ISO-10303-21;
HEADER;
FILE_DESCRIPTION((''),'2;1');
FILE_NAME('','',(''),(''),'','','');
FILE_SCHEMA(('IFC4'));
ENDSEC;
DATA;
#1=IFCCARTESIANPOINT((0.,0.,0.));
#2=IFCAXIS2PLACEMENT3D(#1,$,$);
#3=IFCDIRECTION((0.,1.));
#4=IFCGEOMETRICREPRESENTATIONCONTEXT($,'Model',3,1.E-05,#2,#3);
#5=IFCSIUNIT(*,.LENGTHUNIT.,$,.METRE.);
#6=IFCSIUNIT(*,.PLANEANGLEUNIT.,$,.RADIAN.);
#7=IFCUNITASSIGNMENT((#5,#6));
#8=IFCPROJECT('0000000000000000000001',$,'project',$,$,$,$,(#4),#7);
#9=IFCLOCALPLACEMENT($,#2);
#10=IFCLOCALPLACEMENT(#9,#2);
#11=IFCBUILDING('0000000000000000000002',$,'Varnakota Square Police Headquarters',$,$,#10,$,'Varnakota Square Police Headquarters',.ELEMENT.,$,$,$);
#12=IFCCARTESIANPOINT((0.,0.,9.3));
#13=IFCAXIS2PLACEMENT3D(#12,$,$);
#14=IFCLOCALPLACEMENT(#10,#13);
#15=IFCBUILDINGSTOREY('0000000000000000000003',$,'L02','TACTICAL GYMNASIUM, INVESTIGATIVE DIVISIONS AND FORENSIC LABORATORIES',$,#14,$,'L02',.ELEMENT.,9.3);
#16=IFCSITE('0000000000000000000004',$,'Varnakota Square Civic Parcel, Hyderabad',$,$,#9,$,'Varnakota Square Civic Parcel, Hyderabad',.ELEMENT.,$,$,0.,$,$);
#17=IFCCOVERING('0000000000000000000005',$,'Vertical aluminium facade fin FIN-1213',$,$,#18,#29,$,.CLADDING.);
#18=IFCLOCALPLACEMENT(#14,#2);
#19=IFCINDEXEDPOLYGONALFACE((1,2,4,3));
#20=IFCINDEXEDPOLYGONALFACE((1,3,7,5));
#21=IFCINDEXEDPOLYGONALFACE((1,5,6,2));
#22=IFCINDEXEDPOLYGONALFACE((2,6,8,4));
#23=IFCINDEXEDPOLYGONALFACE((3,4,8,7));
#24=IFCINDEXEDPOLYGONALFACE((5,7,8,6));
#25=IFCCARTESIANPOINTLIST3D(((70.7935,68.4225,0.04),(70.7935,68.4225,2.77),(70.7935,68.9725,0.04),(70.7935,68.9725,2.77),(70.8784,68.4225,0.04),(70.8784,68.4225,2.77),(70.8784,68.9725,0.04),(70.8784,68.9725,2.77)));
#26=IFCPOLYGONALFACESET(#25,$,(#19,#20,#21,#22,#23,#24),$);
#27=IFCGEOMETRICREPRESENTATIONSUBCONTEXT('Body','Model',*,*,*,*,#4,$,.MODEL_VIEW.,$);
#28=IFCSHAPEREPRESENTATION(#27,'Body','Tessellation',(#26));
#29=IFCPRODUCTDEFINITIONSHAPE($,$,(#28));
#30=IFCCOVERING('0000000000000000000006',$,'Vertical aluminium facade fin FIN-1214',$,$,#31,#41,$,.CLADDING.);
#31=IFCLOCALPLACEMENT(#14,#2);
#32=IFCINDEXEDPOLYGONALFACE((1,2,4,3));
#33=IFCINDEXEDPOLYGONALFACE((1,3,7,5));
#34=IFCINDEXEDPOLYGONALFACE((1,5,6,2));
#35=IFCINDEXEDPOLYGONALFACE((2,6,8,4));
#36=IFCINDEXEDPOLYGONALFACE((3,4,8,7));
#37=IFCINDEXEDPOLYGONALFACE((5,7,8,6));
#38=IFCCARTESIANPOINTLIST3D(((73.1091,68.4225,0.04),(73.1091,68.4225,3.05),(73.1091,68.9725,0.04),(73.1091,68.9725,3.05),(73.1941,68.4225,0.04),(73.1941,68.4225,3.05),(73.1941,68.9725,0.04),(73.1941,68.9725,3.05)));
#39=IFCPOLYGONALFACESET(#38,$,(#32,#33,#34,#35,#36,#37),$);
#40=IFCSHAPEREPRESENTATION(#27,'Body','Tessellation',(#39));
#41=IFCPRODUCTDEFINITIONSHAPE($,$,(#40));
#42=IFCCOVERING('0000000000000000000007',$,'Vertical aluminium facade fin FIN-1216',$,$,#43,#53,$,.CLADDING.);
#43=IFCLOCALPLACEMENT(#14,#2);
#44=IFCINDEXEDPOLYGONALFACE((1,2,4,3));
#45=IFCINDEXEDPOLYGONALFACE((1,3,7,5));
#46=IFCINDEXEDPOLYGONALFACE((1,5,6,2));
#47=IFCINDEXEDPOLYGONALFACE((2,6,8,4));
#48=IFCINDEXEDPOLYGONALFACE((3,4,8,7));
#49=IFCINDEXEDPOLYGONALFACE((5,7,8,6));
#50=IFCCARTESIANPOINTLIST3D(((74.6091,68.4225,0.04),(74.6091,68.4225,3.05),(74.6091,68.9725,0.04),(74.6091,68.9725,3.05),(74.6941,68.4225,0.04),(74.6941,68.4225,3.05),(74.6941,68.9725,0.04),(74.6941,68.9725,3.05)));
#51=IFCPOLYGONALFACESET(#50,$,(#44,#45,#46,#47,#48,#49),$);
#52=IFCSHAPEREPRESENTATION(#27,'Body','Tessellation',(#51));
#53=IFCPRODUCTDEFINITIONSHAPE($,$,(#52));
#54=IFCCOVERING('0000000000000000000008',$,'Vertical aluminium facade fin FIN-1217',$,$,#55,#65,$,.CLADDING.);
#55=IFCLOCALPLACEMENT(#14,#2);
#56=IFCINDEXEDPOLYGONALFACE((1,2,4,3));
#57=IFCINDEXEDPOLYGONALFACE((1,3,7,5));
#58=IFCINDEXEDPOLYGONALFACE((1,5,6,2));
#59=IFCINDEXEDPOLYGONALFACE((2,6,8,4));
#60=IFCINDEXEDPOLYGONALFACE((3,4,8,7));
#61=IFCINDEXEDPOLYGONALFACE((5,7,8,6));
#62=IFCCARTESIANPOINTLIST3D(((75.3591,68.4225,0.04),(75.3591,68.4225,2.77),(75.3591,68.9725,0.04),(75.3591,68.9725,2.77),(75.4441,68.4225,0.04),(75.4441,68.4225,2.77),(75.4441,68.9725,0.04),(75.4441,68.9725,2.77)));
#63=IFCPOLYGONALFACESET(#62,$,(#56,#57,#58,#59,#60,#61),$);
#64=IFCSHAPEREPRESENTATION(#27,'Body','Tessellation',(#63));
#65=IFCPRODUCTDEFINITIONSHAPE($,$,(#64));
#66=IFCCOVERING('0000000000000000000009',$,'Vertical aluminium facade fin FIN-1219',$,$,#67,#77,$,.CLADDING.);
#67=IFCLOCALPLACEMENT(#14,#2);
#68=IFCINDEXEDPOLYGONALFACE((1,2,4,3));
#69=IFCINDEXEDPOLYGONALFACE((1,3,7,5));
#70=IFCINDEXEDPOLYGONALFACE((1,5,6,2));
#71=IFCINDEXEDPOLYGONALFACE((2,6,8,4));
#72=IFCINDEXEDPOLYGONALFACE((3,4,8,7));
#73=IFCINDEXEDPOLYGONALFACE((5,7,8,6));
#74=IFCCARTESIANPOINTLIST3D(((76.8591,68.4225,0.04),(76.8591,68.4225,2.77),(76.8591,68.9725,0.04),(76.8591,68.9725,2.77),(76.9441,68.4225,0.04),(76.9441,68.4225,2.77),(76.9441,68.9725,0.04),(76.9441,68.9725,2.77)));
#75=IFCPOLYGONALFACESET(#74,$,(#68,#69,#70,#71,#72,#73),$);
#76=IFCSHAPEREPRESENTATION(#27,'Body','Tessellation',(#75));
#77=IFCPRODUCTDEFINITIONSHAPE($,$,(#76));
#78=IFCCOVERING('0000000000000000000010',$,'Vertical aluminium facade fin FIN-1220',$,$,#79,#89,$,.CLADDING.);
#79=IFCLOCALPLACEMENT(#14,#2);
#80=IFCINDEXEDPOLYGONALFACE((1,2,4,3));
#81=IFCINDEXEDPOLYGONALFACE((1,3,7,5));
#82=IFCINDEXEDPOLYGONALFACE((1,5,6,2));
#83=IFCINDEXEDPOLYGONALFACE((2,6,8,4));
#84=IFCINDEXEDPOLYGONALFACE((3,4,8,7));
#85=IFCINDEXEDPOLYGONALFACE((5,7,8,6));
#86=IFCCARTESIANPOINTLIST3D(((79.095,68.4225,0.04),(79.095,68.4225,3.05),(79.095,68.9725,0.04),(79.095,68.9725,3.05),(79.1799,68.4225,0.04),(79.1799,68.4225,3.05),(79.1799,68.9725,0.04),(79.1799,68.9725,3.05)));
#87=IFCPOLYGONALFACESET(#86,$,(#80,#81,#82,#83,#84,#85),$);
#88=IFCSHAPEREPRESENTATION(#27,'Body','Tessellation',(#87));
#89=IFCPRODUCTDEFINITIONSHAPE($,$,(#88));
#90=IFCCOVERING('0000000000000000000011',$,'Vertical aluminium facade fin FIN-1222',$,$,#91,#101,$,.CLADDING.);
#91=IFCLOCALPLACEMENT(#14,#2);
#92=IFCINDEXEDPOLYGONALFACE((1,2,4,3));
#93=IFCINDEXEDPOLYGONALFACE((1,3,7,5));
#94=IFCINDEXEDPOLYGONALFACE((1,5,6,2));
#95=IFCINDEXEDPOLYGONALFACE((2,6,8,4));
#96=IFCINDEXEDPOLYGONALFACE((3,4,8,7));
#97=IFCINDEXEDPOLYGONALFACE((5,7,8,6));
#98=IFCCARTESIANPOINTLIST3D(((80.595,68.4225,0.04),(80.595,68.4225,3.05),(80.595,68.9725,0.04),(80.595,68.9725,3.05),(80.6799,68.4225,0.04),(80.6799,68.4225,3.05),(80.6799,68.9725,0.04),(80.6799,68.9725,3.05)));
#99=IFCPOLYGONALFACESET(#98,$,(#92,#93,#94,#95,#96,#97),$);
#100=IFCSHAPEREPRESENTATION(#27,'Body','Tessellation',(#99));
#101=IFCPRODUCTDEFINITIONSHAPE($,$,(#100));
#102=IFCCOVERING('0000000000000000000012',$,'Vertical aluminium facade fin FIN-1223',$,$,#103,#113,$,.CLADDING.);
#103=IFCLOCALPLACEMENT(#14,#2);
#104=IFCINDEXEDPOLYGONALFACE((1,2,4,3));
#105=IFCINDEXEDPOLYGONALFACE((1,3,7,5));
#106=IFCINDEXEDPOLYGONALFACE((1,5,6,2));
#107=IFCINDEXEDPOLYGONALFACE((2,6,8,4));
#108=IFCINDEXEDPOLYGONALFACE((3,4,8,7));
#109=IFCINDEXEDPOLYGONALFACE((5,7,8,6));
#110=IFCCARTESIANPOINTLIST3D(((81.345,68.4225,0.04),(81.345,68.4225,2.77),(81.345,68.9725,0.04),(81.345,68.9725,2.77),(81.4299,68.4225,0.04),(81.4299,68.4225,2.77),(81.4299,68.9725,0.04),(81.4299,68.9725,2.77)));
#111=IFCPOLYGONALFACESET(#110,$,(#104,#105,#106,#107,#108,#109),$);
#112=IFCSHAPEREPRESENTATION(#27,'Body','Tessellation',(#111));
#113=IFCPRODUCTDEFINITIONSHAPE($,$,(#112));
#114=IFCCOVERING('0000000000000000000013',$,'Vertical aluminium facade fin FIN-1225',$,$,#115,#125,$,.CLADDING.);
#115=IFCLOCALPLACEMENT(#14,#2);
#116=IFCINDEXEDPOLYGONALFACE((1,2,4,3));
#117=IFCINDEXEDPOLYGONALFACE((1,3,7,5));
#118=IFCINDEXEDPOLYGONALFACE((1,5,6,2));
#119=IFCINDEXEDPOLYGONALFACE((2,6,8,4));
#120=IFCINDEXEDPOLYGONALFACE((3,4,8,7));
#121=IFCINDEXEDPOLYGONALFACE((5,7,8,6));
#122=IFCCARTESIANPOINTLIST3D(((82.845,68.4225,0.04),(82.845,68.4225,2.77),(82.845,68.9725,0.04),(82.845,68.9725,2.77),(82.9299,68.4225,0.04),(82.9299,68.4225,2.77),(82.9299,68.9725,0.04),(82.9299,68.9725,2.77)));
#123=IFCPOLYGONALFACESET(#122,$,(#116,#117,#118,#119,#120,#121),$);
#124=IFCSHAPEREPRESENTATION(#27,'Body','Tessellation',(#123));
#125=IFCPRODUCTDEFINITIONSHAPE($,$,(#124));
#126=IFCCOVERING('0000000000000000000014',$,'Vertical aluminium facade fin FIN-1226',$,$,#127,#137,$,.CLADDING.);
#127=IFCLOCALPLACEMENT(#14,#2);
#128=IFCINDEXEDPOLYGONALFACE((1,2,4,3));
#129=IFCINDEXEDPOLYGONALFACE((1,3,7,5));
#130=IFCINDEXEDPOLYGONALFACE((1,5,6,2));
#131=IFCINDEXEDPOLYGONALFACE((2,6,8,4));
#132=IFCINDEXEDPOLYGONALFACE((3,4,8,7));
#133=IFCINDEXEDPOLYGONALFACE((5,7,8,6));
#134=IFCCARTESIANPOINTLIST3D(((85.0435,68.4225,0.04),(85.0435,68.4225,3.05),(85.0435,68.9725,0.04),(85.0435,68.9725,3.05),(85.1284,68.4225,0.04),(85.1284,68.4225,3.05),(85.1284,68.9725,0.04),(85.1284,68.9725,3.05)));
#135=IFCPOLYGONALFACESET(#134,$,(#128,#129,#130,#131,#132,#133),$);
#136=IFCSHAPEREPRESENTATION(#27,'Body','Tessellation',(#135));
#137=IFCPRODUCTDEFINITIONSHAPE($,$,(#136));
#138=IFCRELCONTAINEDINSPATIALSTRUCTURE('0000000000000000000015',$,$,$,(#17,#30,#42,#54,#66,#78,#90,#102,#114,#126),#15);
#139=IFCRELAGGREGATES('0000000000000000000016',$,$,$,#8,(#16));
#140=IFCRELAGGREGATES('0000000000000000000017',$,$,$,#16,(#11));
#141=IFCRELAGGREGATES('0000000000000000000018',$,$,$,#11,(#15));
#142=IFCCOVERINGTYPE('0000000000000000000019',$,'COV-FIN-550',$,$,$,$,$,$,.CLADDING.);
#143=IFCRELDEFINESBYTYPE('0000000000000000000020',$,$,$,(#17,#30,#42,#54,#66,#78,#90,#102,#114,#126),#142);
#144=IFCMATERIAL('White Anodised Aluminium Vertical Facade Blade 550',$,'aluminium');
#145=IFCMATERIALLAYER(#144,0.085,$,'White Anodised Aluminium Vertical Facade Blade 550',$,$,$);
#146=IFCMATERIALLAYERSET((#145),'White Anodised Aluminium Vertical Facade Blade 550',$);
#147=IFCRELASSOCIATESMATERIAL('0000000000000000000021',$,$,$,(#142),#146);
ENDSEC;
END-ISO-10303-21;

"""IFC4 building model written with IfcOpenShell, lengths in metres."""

from ifc_helpers import new_model, si_unit, direction, frame, origin, origin_2d, place, context, subcontext, project, spatial, rectangle, extrude, material, layer, layer_set, type_object, element, save


model = new_model("IFC4")

# Units and contexts
model_context = context("Model", 3, precision=1e-05, world=origin(), true_north=direction((0.0, 1.0)))
body_context = subcontext(model_context, "Body", "Model", "MODEL_VIEW")
ifc_project = project(units=[si_unit("LENGTHUNIT", "METRE"), si_unit("PLANEANGLEUNIT", "RADIAN")], contexts=[model_context])

# Site, building, storey
site_placement = place(None, origin())
site = spatial("IfcSite", under=ifc_project, at=site_placement, Name="Varnakota Square Civic Parcel, Hyderabad", LongName="Varnakota Square Civic Parcel, Hyderabad", CompositionType="ELEMENT", RefElevation=0.0)
building_placement = place(site_placement, origin())
building = spatial("IfcBuilding", under=site, at=building_placement, Name="Varnakota Square Police Headquarters", LongName="Varnakota Square Police Headquarters", CompositionType="ELEMENT")
storey_placement = place(building_placement, frame((0.0, 0.0, 9.3)))
storey = spatial("IfcBuildingStorey", under=building, at=storey_placement, Name="L02", Description="TACTICAL GYMNASIUM, INVESTIGATIVE DIVISIONS AND FORENSIC LABORATORIES", LongName="L02", CompositionType="ELEMENT", Elevation=9.3)

# Coverings
ifc_material_1 = material(Name="White Anodised Aluminium Vertical Facade Blade 550", Category="aluminium")
ifc_layer_1 = layer(ifc_material_1, 0.085, Name="White Anodised Aluminium Vertical Facade Blade 550")
ifc_layer_set_1 = layer_set([ifc_layer_1], Name="White Anodised Aluminium Vertical Facade Blade 550")
covering_type = type_object("IfcCoveringType", Name="COV-FIN-550", PredefinedType="CLADDING", material=ifc_layer_set_1)
covering_1_placement = place(storey_placement, frame((70.8359, 68.6975, 0.04), z_axis=(0.0, 0.0, 1.0), x_axis=(1.0, 0.0, 0.0)))
element("IfcCovering", 1, at=covering_1_placement, inside=storey, type_object=covering_type, Name="Vertical aluminium facade fin FIN-1213", PredefinedType="CLADDING", context=body_context, shape_type="SweptSolid", body=[
    extrude(rectangle(XDim=0.085, YDim=0.55, at=origin_2d()), origin(), (0.0, 0.0, 1.0), 2.73),
])
for number, where, z_axis, x_axis, name in (
    (2, (73.1516, 68.6975, 0.04), (0.0, 0.0, 1.0), (1.0, 0.0, 0.0), "Vertical aluminium facade fin FIN-1214"),
    (3, (74.6516, 68.6975, 0.04), (0.0, 0.0, 1.0), (1.0, 0.0, 0.0), "Vertical aluminium facade fin FIN-1216"),
):
    element("IfcCovering", number, at=place(storey_placement, frame(where, z_axis=z_axis, x_axis=x_axis)), inside=storey, type_object=covering_type, Name=name, PredefinedType="CLADDING", context=body_context, shape_type="SweptSolid", body=[
        extrude(rectangle(XDim=0.085, YDim=0.55, at=origin_2d()), origin(), (0.0, 0.0, 1.0), 3.01),
    ])
for number, where, z_axis, x_axis, name in (
    (4, (75.4016, 68.6975, 0.04), (0.0, 0.0, 1.0), (1.0, 0.0, 0.0), "Vertical aluminium facade fin FIN-1217"),
    (5, (76.9016, 68.6975, 0.04), (0.0, 0.0, 1.0), (1.0, 0.0, 0.0), "Vertical aluminium facade fin FIN-1219"),
):
    element("IfcCovering", number, at=place(storey_placement, frame(where, z_axis=z_axis, x_axis=x_axis)), inside=storey, type_object=covering_type, Name=name, PredefinedType="CLADDING", context=body_context, shape_type="SweptSolid", body=[
        extrude(rectangle(XDim=0.085, YDim=0.55, at=origin_2d()), origin(), (0.0, 0.0, 1.0), 2.73),
    ])
for number, where, z_axis, x_axis, name in (
    (6, (79.1375, 68.6975, 0.04), (0.0, 0.0, 1.0), (1.0, 0.0, 0.0), "Vertical aluminium facade fin FIN-1220"),
    (7, (80.6375, 68.6975, 0.04), (0.0, 0.0, 1.0), (1.0, 0.0, 0.0), "Vertical aluminium facade fin FIN-1222"),
):
    element("IfcCovering", number, at=place(storey_placement, frame(where, z_axis=z_axis, x_axis=x_axis)), inside=storey, type_object=covering_type, Name=name, PredefinedType="CLADDING", context=body_context, shape_type="SweptSolid", body=[
        extrude(rectangle(XDim=0.085, YDim=0.55, at=origin_2d()), origin(), (0.0, 0.0, 1.0), 3.01),
    ])
for number, where, z_axis, x_axis, name in (
    (8, (81.3875, 68.6975, 0.04), (0.0, 0.0, 1.0), (1.0, 0.0, 0.0), "Vertical aluminium facade fin FIN-1223"),
    (9, (82.8875, 68.6975, 0.04), (0.0, 0.0, 1.0), (1.0, 0.0, 0.0), "Vertical aluminium facade fin FIN-1225"),
):
    element("IfcCovering", number, at=place(storey_placement, frame(where, z_axis=z_axis, x_axis=x_axis)), inside=storey, type_object=covering_type, Name=name, PredefinedType="CLADDING", context=body_context, shape_type="SweptSolid", body=[
        extrude(rectangle(XDim=0.085, YDim=0.55, at=origin_2d()), origin(), (0.0, 0.0, 1.0), 2.73),
    ])
covering_2_placement = place(storey_placement, frame((85.0859, 68.6975, 0.04), z_axis=(0.0, 0.0, 1.0), x_axis=(1.0, 0.0, 0.0)))
element("IfcCovering", 10, at=covering_2_placement, inside=storey, type_object=covering_type, Name="Vertical aluminium facade fin FIN-1226", PredefinedType="CLADDING", context=body_context, shape_type="SweptSolid", body=[
    extrude(rectangle(XDim=0.085, YDim=0.55, at=origin_2d()), origin(), (0.0, 0.0, 1.0), 3.01),
])

save(model, "model.ifc")
